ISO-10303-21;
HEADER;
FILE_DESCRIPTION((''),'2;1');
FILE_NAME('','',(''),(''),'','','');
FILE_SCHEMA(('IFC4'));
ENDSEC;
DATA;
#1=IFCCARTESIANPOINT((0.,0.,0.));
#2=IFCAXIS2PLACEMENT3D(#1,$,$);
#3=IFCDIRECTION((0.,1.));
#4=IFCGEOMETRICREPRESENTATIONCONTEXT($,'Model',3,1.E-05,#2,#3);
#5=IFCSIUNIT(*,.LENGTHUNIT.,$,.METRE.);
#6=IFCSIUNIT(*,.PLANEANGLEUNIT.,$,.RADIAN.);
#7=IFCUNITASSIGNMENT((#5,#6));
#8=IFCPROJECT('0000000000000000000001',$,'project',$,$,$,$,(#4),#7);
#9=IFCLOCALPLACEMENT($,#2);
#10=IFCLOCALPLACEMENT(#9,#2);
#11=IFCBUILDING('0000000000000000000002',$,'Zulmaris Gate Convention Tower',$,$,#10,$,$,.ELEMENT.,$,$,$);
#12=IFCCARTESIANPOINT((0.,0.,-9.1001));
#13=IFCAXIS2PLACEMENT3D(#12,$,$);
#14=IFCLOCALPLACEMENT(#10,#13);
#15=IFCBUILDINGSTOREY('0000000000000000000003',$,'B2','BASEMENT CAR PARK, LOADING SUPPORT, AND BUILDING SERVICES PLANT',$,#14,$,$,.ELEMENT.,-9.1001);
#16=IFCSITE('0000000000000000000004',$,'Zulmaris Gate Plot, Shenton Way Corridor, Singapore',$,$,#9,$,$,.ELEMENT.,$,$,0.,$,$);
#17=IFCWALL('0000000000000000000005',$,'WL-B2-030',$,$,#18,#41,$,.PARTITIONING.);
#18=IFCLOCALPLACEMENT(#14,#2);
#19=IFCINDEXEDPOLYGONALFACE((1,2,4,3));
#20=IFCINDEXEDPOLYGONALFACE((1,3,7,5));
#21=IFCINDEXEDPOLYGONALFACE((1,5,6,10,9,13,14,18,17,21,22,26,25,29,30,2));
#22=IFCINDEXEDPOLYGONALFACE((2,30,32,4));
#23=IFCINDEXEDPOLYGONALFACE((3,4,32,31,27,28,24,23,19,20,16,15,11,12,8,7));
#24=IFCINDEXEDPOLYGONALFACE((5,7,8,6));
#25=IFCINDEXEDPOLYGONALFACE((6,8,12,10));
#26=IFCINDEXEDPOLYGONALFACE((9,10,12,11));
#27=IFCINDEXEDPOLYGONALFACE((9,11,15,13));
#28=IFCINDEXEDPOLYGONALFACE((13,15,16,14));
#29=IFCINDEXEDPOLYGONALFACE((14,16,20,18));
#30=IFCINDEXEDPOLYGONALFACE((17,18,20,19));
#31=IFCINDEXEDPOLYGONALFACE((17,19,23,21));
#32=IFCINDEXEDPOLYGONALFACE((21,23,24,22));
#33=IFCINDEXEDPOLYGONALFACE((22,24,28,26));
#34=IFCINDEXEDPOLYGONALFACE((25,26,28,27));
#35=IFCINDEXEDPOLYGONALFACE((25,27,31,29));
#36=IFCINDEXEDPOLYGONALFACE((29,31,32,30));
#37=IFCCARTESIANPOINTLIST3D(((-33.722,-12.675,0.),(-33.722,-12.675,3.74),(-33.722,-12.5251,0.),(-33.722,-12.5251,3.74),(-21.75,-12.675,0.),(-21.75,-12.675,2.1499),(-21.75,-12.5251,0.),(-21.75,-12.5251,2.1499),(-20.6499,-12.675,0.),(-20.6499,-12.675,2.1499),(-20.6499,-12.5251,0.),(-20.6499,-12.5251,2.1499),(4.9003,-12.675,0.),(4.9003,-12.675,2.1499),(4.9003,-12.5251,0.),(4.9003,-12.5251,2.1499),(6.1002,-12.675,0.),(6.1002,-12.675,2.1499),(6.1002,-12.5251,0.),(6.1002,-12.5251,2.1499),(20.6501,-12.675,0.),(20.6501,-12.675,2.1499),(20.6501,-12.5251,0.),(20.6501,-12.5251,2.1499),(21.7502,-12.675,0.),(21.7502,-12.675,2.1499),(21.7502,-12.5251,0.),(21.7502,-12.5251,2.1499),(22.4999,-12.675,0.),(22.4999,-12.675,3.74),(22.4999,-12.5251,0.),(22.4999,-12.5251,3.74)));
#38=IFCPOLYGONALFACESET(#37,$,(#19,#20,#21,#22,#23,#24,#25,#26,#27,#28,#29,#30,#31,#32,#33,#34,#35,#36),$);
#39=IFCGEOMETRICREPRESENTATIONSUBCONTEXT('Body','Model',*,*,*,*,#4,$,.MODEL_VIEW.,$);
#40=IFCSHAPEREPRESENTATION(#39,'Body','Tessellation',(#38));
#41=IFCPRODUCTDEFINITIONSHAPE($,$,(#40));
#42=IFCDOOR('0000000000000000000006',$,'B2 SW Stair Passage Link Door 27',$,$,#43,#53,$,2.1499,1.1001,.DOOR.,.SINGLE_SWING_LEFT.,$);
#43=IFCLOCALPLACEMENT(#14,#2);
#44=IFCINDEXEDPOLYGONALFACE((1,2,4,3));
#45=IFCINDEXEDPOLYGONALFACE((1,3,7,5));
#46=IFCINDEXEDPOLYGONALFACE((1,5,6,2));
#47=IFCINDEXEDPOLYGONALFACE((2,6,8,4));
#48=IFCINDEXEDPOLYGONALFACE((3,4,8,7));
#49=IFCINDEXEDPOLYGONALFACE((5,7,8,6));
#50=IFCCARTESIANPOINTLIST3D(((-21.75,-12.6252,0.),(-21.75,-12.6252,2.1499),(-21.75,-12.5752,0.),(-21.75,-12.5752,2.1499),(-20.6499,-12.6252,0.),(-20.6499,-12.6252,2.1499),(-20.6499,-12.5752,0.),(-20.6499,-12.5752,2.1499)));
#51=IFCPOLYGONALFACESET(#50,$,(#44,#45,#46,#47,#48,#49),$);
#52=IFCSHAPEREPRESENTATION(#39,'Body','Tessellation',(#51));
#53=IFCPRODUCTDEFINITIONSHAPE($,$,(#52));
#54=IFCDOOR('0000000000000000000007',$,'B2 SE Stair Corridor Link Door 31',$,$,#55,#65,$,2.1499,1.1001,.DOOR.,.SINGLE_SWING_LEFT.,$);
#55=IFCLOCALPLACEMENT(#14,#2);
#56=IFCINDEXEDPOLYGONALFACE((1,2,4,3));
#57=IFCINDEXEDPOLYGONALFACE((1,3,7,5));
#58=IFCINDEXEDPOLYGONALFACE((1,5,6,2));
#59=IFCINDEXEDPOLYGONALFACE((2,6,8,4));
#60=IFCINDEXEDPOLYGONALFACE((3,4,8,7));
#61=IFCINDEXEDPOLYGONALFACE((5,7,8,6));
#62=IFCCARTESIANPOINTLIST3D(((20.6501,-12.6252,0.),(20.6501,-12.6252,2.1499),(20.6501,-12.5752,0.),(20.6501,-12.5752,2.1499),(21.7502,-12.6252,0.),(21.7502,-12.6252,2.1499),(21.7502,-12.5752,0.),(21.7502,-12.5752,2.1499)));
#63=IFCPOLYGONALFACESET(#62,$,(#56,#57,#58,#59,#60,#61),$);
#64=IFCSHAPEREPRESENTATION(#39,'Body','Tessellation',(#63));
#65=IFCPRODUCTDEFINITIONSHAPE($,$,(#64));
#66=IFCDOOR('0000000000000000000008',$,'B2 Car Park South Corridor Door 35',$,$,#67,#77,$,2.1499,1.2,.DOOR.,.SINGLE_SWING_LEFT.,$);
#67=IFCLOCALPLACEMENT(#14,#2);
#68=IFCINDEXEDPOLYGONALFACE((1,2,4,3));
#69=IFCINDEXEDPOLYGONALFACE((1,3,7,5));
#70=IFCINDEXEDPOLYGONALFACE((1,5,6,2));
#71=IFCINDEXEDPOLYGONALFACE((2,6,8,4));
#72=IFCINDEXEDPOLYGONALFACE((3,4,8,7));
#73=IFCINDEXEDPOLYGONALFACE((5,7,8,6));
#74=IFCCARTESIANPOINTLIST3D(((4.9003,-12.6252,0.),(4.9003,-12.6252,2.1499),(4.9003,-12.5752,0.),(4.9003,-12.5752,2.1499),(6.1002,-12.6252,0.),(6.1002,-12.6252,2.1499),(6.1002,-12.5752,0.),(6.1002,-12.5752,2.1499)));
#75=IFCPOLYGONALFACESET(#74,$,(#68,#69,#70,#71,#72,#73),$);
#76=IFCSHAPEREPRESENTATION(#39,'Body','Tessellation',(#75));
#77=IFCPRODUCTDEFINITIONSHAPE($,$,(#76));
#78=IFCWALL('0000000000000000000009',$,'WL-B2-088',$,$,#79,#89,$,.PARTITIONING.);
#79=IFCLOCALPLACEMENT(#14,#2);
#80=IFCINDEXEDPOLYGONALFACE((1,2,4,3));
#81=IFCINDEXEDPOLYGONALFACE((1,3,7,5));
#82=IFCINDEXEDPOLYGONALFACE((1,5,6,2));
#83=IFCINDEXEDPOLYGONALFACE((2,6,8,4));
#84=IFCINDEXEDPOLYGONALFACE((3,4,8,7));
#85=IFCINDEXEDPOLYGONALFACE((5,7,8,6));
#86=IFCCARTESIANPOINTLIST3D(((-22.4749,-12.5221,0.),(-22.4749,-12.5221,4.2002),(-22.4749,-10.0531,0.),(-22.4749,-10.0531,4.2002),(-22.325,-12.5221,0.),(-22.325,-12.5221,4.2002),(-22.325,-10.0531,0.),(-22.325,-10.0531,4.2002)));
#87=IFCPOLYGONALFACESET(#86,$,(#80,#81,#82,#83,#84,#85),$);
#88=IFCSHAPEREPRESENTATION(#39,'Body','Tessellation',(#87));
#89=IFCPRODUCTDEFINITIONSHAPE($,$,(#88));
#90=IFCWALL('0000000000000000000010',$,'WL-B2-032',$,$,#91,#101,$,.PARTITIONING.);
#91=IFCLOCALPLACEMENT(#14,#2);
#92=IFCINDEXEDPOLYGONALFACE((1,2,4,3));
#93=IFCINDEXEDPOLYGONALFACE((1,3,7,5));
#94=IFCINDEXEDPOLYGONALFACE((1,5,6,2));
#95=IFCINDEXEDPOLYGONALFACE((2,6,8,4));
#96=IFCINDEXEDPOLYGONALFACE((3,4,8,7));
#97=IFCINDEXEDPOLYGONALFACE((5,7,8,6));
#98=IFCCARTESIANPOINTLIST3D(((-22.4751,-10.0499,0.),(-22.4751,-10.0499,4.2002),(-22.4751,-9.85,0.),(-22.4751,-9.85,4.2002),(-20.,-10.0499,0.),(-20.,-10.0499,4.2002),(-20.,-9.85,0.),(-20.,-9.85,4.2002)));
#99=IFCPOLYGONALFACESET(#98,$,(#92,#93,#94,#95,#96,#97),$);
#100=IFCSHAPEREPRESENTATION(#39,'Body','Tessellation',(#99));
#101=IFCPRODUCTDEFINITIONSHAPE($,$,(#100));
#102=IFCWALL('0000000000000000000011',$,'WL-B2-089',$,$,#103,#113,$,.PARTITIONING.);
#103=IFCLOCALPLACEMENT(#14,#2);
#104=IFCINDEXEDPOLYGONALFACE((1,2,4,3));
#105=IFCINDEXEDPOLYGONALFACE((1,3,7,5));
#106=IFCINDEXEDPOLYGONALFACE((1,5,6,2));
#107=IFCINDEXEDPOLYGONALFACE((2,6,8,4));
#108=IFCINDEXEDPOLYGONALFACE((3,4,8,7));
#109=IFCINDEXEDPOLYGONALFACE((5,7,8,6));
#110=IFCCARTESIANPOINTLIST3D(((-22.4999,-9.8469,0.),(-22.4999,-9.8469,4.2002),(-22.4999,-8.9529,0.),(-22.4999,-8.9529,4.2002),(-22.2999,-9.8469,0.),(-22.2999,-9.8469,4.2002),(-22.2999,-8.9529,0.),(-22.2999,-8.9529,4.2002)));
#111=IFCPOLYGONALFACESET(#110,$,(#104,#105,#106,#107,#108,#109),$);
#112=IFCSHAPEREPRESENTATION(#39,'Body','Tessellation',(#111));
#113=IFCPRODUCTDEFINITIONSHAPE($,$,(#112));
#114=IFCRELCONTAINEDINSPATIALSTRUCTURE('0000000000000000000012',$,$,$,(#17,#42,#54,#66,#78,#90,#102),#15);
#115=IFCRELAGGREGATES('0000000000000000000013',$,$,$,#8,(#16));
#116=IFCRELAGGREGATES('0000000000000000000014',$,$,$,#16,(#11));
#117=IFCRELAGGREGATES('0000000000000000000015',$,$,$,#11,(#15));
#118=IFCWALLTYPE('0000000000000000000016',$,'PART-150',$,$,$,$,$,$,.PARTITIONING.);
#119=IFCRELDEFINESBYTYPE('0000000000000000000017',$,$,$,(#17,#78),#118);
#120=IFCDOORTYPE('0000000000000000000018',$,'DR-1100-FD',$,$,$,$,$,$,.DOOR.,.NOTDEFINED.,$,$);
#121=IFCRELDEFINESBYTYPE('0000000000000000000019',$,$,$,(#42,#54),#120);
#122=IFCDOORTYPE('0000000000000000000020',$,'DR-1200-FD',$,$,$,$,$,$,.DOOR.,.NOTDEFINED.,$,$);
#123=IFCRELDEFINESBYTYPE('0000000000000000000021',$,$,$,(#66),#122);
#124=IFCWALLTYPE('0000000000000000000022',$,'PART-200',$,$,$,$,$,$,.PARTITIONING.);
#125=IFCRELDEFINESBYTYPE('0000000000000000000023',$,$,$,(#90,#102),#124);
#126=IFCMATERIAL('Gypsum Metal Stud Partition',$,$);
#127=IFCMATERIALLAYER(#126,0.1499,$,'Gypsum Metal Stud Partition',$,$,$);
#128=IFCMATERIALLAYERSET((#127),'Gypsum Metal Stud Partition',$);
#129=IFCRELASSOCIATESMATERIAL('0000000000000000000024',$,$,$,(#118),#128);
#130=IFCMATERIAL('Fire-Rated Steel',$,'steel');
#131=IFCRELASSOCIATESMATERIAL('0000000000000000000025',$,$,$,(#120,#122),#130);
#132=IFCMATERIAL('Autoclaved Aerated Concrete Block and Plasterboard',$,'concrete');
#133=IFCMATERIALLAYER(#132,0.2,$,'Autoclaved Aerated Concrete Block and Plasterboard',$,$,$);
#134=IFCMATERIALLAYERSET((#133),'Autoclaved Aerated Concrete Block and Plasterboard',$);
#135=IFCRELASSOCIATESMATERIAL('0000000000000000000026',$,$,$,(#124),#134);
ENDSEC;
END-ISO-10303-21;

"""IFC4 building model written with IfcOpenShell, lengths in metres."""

from ifc_helpers import new_model, si_unit, direction, frame, frame_2d, origin, place, context, subcontext, project, spatial, rectangle, extrude, material, layer, layer_set, type_object, element, fill, save


model = new_model("IFC4")

# Units and contexts
model_context = context("Model", 3, precision=1e-05, world=origin(), true_north=direction((0.0, 1.0)))
body_context = subcontext(model_context, "Body", "Model", "MODEL_VIEW")
ifc_project = project(units=[si_unit("LENGTHUNIT", "METRE"), si_unit("PLANEANGLEUNIT", "RADIAN")], contexts=[model_context])

# Site, building, storey
site_placement = place(None, origin())
site = spatial("IfcSite", under=ifc_project, at=site_placement, Name="Zulmaris Gate Plot, Shenton Way Corridor, Singapore", CompositionType="ELEMENT", RefElevation=0.0)
building_placement = place(site_placement, origin())
building = spatial("IfcBuilding", under=site, at=building_placement, Name="Zulmaris Gate Convention Tower", CompositionType="ELEMENT")
storey_placement = place(building_placement, frame((0.0, 0.0, -9.1001)))
storey = spatial("IfcBuildingStorey", under=building, at=storey_placement, Name="B2", Description="BASEMENT CAR PARK, LOADING SUPPORT, AND BUILDING SERVICES PLANT", CompositionType="ELEMENT", Elevation=-9.1001)

# Wall, openings, doors
ifc_material_1 = material(Name="Gypsum Metal Stud Partition")
ifc_layer_1 = layer(ifc_material_1, 0.1499, Name="Gypsum Metal Stud Partition")
ifc_layer_set_1 = layer_set([ifc_layer_1], Name="Gypsum Metal Stud Partition")
wall_type_1 = type_object("IfcWallType", Name="PART-150", PredefinedType="PARTITIONING", material=ifc_layer_set_1)
wall_1_placement = place(storey_placement, frame((-33.7219, -12.6001, 0.0), z_axis=(0.0, 0.0, 1.0), x_axis=(1.0, 0.0, 0.0)))
wall_1 = element("IfcWall", 1, at=wall_1_placement, inside=storey, type_object=wall_type_1, Name="WL-B2-030", PredefinedType="PARTITIONING", context=body_context, shape_type="SweptSolid", body=[
    extrude(rectangle(XDim=56.2219, YDim=0.1499, at=frame_2d((28.1108, 0.0))), origin(), (0.0, 0.0, 1.0), 3.74),
])
opening_1_placement = place(wall_1_placement, frame((11.9719, 0.0, 0.0)))
opening_1 = element("IfcOpeningElement", 2, at=opening_1_placement, cuts=wall_1, PredefinedType="OPENING", context=body_context, shape_type="SweptSolid", body=[
    extrude(rectangle(XDim=1.1001, YDim=2.1499, at=frame_2d((0.55, 1.075))), frame((0.0, 0.085, 0.0), z_axis=(0.0, -1.0, 0.0), x_axis=(1.0, 0.0, 0.0)), (0.0, 0.0, 1.0), 0.1699),
])
opening_2_placement = place(wall_1_placement, frame((54.3721, 0.0, 0.0)))
opening_2 = element("IfcOpeningElement", 3, at=opening_2_placement, cuts=wall_1, PredefinedType="OPENING", context=body_context, shape_type="SweptSolid", body=[
    extrude(rectangle(XDim=1.1001, YDim=2.1499, at=frame_2d((0.55, 1.075))), frame((0.0, 0.085, 0.0), z_axis=(0.0, -1.0, 0.0), x_axis=(1.0, 0.0, 0.0)), (0.0, 0.0, 1.0), 0.1699),
])
opening_3_placement = place(wall_1_placement, frame((38.6221, 0.0, 0.0)))
opening_3 = element("IfcOpeningElement", 4, at=opening_3_placement, cuts=wall_1, PredefinedType="OPENING", context=body_context, shape_type="SweptSolid", body=[
    extrude(rectangle(XDim=1.2, YDim=2.1499, at=frame_2d((0.6001, 1.075))), frame((0.0, 0.085, 0.0), z_axis=(0.0, -1.0, 0.0), x_axis=(1.0, 0.0, 0.0)), (0.0, 0.0, 1.0), 0.1699),
])
ifc_material_2 = material(Name="Fire-Rated Steel", Category="steel")
door_type_1 = type_object("IfcDoorType", Name="DR-1100-FD", OperationType="NOTDEFINED", PredefinedType="DOOR", material=ifc_material_2)
door_1_placement = place(opening_1_placement, origin())
door_1 = element("IfcDoor", 5, at=door_1_placement, inside=storey, type_object=door_type_1, Name="B2 SW Stair Passage Link Door 27", OperationType="SINGLE_SWING_LEFT", OverallHeight=2.1499, OverallWidth=1.1001, PredefinedType="DOOR", context=body_context, shape_type="SweptSolid", body=[
    extrude(rectangle(XDim=1.1001, YDim=2.1499, at=frame_2d((0.55, 1.075))), frame((0.0, 0.0249, 0.0), z_axis=(0.0, -1.0, 0.0), x_axis=(1.0, 0.0, 0.0)), (0.0, 0.0, 1.0), 0.05),
])
fill(opening_1, door_1)
door_2_placement = place(opening_2_placement, origin())
door_2 = element("IfcDoor", 6, at=door_2_placement, inside=storey, type_object=door_type_1, Name="B2 SE Stair Corridor Link Door 31", OperationType="SINGLE_SWING_LEFT", OverallHeight=2.1499, OverallWidth=1.1001, PredefinedType="DOOR", context=body_context, shape_type="SweptSolid", body=[
    extrude(rectangle(XDim=1.1001, YDim=2.1499, at=frame_2d((0.55, 1.075))), frame((0.0, 0.0249, 0.0), z_axis=(0.0, -1.0, 0.0), x_axis=(1.0, 0.0, 0.0)), (0.0, 0.0, 1.0), 0.05),
])
fill(opening_2, door_2)
door_type_2 = type_object("IfcDoorType", Name="DR-1200-FD", OperationType="NOTDEFINED", PredefinedType="DOOR", material=ifc_material_2)
door_3_placement = place(opening_3_placement, origin())
door_3 = element("IfcDoor", 7, at=door_3_placement, inside=storey, type_object=door_type_2, Name="B2 Car Park South Corridor Door 35", OperationType="SINGLE_SWING_LEFT", OverallHeight=2.1499, OverallWidth=1.2, PredefinedType="DOOR", context=body_context, shape_type="SweptSolid", body=[
    extrude(rectangle(XDim=1.2, YDim=2.1499, at=frame_2d((0.6001, 1.075))), frame((0.0, 0.0249, 0.0), z_axis=(0.0, -1.0, 0.0), x_axis=(1.0, 0.0, 0.0)), (0.0, 0.0, 1.0), 0.05),
])
fill(opening_3, door_3)

# Walls
wall_2_placement = place(storey_placement, frame((-22.3999, -12.522, 0.0), z_axis=(0.0, 0.0, 1.0), x_axis=(0.0, 1.0, 0.0)))
element("IfcWall", 8, at=wall_2_placement, inside=storey, type_object=wall_type_1, Name="WL-B2-088", PredefinedType="PARTITIONING", context=body_context, shape_type="SweptSolid", body=[
    extrude(rectangle(XDim=2.469, YDim=0.1499, at=frame_2d((1.2344, 0.0))), origin(), (0.0, 0.0, 1.0), 4.2002),
])
ifc_material_3 = material(Name="Autoclaved Aerated Concrete Block and Plasterboard", Category="concrete")
ifc_layer_2 = layer(ifc_material_3, 0.2, Name="Autoclaved Aerated Concrete Block and Plasterboard")
ifc_layer_set_2 = layer_set([ifc_layer_2], Name="Autoclaved Aerated Concrete Block and Plasterboard")
wall_type_2 = type_object("IfcWallType", Name="PART-200", PredefinedType="PARTITIONING", material=ifc_layer_set_2)
wall_3_placement = place(storey_placement, frame((-22.4751, -9.95, 0.0), z_axis=(0.0, 0.0, 1.0), x_axis=(1.0, 0.0, 0.0)))
element("IfcWall", 9, at=wall_3_placement, inside=storey, type_object=wall_type_2, Name="WL-B2-032", PredefinedType="PARTITIONING", context=body_context, shape_type="SweptSolid", body=[
    extrude(rectangle(XDim=2.4751, YDim=0.2, at=frame_2d((1.2375, 0.0))), origin(), (0.0, 0.0, 1.0), 4.2002),
])
wall_4_placement = place(storey_placement, frame((-22.3999, -9.8469, 0.0), z_axis=(0.0, 0.0, 1.0), x_axis=(0.0, 1.0, 0.0)))
element("IfcWall", 10, at=wall_4_placement, inside=storey, type_object=wall_type_2, Name="WL-B2-089", PredefinedType="PARTITIONING", context=body_context, shape_type="SweptSolid", body=[
    extrude(rectangle(XDim=0.894, YDim=0.2, at=frame_2d((0.447, 0.0))), origin(), (0.0, 0.0, 1.0), 4.2002),
])

save(model, "model.ifc")
